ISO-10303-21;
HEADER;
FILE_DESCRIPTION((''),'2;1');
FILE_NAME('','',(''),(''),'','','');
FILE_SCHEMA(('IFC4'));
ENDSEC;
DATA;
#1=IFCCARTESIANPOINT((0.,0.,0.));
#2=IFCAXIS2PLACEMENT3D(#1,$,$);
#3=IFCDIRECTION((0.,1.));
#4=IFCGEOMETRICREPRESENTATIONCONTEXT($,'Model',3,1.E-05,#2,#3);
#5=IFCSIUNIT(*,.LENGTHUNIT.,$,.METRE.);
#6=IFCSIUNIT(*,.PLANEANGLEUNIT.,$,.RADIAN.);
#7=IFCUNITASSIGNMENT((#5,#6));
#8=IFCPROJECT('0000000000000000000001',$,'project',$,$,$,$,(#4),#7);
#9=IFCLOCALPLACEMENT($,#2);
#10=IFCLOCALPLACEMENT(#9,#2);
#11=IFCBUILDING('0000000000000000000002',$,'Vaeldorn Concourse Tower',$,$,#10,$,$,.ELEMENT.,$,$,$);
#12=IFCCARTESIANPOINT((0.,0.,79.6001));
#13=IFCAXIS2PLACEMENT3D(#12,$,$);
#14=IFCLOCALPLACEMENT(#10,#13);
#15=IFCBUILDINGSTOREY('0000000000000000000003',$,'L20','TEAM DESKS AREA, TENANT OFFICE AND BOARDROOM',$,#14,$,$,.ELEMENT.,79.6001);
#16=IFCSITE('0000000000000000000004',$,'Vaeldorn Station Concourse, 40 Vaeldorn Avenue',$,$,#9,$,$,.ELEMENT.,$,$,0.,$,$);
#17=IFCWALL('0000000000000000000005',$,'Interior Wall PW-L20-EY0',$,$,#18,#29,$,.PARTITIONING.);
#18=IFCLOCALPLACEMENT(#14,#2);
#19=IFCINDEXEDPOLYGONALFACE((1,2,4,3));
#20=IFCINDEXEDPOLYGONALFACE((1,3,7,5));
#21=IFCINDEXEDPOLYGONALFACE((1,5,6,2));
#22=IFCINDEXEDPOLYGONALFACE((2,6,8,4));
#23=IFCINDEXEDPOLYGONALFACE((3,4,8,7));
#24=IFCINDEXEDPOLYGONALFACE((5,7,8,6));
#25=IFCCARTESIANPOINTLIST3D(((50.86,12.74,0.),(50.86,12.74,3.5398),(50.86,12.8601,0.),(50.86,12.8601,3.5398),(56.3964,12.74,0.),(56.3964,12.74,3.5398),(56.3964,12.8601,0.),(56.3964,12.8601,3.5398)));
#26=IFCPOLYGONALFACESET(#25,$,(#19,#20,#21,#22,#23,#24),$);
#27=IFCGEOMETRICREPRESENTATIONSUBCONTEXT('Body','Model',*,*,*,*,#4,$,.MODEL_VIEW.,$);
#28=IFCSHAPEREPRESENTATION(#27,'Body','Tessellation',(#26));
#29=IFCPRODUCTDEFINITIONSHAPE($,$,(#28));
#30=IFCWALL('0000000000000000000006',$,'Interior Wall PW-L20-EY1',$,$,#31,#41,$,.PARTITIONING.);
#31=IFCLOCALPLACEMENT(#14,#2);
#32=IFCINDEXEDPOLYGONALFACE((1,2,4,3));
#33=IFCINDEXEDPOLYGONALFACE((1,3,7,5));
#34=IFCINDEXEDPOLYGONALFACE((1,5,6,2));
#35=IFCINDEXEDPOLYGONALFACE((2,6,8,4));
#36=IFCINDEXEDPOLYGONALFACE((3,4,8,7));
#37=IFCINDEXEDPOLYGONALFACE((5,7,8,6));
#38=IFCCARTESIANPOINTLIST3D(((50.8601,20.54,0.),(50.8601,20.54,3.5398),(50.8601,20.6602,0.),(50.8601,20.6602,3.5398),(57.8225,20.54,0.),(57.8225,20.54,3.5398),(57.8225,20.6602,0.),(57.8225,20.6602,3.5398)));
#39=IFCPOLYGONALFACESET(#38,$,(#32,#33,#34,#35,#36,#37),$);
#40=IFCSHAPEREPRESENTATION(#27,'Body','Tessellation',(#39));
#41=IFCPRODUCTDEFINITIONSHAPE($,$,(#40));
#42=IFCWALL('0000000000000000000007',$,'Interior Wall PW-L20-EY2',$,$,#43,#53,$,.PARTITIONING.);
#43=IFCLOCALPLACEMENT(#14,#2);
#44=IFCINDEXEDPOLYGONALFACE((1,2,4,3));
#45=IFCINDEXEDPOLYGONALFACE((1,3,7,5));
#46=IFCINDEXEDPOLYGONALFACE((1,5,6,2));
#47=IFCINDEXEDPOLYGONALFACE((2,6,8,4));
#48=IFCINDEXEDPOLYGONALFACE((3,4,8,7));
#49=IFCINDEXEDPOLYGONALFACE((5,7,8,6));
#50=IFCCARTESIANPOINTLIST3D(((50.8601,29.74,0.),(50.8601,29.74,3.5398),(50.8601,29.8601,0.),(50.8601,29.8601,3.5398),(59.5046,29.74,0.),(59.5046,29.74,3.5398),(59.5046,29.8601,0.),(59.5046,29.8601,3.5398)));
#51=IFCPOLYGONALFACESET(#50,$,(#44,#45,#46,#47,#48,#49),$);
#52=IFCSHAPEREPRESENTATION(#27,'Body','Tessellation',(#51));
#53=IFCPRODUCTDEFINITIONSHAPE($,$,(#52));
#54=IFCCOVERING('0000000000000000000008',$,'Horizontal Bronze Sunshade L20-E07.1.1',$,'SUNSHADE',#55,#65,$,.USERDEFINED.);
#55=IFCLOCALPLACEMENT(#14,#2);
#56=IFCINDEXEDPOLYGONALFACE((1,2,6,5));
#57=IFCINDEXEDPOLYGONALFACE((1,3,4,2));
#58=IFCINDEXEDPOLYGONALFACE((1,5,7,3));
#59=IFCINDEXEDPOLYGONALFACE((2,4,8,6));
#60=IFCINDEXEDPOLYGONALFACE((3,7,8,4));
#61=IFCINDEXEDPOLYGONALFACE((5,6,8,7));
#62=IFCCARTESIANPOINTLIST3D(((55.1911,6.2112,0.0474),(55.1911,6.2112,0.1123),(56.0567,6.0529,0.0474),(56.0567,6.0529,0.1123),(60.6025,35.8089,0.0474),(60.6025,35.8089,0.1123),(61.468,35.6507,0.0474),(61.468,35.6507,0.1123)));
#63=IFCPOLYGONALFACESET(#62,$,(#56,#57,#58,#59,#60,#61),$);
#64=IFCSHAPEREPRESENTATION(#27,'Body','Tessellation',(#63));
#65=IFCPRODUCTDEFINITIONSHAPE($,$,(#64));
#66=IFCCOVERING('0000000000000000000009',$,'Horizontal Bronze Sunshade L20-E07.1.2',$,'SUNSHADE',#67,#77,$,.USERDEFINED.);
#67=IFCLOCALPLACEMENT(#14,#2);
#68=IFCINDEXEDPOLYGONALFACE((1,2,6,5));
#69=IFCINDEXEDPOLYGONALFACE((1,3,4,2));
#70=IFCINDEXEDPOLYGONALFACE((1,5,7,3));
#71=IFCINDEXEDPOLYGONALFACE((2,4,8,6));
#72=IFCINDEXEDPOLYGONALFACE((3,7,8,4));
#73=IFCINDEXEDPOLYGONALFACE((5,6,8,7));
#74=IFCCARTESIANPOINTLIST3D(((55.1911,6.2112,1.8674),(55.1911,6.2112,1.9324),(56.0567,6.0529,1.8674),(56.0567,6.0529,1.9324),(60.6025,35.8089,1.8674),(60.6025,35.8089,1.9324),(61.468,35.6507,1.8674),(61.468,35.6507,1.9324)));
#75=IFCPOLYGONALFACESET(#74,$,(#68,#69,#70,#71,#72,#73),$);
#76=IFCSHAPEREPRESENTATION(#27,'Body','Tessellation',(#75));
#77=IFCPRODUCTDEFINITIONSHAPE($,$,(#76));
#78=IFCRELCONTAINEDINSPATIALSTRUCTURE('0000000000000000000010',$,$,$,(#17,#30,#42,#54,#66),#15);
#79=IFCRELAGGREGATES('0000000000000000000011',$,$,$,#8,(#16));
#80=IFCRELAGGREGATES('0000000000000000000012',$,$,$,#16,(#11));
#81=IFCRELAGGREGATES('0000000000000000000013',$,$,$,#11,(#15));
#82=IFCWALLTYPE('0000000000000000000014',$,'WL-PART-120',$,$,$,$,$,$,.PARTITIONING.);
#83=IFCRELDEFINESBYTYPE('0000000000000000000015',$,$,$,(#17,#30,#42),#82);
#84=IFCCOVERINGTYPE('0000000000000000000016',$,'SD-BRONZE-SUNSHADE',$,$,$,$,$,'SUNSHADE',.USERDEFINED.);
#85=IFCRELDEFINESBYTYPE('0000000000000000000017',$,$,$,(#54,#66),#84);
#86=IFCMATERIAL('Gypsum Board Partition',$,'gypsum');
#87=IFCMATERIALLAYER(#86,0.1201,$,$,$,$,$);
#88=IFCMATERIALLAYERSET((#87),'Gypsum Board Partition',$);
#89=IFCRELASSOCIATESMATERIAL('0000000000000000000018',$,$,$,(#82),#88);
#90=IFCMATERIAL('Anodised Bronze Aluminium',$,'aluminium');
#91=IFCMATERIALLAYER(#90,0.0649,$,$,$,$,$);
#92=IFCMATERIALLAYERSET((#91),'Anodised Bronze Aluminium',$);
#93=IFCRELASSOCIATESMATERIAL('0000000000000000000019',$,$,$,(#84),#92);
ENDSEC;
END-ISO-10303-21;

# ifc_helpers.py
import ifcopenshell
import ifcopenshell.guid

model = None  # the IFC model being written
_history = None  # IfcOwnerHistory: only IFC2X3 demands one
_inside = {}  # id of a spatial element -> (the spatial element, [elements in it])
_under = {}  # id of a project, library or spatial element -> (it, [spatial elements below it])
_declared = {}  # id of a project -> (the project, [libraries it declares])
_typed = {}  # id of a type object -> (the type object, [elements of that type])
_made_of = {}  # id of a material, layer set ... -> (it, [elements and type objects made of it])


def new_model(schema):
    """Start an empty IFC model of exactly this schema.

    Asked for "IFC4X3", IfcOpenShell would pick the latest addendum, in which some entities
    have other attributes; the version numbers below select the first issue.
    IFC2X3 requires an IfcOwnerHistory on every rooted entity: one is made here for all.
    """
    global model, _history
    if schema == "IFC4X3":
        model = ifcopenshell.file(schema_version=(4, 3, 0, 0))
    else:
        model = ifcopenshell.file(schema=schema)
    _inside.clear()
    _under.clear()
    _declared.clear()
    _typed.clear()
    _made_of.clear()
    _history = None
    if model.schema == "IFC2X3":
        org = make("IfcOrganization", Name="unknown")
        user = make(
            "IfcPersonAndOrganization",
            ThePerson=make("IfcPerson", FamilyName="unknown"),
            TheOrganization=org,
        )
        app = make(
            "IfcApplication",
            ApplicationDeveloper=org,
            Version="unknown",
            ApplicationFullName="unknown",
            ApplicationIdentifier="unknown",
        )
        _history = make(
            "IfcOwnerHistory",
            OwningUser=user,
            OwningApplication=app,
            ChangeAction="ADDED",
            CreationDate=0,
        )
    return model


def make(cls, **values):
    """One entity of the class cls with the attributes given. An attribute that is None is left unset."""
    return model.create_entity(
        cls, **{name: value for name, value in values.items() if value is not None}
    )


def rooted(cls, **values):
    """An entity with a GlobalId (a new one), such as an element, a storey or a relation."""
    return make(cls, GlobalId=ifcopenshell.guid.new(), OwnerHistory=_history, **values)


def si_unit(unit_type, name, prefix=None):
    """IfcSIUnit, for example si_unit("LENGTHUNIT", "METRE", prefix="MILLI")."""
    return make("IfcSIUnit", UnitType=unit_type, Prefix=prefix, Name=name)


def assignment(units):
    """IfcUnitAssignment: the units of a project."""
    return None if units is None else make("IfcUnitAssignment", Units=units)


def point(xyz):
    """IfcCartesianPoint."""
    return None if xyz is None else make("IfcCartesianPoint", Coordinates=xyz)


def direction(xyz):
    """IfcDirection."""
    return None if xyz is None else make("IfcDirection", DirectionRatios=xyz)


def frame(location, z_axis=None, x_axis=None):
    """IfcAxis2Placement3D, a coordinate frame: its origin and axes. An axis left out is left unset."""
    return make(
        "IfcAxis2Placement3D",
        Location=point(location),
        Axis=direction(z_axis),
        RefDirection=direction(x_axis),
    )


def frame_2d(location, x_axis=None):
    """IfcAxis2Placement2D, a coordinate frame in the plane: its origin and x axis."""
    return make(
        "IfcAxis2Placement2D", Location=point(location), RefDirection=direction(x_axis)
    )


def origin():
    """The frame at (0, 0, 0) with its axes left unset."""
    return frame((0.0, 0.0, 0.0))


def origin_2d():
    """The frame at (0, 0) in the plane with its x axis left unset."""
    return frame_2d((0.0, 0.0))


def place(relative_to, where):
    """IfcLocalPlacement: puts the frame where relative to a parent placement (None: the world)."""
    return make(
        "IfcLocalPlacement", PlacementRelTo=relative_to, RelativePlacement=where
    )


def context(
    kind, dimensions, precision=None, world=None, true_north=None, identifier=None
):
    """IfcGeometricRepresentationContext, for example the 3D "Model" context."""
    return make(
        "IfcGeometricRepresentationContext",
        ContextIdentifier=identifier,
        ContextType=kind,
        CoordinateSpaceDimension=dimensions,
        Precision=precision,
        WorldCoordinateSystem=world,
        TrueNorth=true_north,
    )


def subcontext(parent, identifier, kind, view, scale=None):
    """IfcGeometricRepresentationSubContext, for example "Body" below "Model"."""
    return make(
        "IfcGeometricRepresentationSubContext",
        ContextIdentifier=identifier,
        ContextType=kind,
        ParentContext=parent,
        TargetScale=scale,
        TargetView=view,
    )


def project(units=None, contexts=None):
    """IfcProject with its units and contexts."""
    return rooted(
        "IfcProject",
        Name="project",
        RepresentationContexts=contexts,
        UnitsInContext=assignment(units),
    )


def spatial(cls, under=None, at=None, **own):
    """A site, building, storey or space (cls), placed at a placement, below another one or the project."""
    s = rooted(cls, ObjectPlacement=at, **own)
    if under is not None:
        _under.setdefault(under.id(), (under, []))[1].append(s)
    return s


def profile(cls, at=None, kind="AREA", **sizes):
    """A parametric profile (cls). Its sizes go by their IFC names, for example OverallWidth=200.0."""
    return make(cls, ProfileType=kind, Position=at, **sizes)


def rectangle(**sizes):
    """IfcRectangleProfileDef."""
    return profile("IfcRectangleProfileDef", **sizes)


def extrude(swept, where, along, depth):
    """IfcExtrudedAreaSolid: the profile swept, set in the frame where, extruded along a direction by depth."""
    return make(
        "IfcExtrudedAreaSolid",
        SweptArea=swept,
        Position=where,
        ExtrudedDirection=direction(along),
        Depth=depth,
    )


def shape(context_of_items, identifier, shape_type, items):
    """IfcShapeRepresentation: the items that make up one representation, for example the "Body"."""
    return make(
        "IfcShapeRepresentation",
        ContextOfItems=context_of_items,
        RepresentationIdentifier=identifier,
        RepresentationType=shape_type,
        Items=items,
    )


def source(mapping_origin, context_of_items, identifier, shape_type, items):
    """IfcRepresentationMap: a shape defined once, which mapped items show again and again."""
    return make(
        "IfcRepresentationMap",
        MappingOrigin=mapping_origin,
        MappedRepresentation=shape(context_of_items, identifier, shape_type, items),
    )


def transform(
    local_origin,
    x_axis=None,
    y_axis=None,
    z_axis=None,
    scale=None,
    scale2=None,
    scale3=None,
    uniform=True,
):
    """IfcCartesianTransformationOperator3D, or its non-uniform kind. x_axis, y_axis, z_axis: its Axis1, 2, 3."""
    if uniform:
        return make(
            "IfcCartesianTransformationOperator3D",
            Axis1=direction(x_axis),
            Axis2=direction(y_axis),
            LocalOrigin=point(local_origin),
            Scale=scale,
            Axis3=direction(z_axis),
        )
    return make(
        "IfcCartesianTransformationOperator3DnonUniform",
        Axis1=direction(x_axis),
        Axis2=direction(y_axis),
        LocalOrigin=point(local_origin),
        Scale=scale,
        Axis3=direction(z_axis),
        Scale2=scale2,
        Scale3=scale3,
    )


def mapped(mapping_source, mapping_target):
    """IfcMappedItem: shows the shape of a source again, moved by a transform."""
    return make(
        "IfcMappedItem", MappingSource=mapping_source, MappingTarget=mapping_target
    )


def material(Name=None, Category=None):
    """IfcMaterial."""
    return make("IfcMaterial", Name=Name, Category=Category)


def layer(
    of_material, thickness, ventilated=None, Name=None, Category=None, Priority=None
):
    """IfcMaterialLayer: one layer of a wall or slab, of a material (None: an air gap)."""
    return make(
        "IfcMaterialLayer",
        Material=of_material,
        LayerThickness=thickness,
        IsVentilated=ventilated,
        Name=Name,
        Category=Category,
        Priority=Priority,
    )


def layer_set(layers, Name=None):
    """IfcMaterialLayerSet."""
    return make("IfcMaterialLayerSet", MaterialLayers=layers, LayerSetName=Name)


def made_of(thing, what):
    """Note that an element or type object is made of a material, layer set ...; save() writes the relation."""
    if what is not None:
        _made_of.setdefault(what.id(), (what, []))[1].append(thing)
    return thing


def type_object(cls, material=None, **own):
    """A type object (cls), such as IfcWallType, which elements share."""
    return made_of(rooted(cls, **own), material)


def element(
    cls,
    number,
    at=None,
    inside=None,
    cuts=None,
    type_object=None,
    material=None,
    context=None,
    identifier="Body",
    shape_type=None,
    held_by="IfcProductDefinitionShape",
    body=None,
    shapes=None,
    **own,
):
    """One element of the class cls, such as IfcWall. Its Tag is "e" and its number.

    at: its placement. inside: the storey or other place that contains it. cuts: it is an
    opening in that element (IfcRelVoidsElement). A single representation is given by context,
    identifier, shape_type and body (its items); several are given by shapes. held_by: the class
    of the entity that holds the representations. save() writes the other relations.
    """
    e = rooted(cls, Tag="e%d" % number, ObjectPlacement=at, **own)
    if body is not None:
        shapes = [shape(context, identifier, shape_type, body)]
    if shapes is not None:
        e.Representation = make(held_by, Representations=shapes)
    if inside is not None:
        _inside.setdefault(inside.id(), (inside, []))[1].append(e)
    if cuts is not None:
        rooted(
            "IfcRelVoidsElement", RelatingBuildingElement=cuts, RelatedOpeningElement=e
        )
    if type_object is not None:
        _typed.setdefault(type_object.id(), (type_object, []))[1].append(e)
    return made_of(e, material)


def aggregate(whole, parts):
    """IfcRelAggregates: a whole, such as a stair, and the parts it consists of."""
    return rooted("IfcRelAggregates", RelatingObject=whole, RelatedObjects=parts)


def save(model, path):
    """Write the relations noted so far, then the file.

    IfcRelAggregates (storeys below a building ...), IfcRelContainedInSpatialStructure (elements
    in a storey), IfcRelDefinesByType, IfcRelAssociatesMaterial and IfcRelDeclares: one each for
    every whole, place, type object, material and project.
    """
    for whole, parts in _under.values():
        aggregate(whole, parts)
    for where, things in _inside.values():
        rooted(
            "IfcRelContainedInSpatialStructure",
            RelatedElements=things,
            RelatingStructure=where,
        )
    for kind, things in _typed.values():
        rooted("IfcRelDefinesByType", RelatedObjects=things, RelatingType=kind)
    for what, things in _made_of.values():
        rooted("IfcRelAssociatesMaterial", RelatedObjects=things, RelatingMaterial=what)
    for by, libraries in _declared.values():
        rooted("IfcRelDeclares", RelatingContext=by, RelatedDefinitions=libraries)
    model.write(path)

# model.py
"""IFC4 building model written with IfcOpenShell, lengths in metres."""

from ifc_helpers import new_model, si_unit, direction, frame, frame_2d, origin, origin_2d, place, context, subcontext, project, spatial, rectangle, extrude, source, transform, mapped, material, layer, layer_set, type_object, element, save


model = new_model("IFC4")

# Units and contexts
model_context = context("Model", 3, precision=1e-05, world=origin(), true_north=direction((0.0, 1.0)))
body_context = subcontext(model_context, "Body", "Model", "MODEL_VIEW")
ifc_project = project(units=[si_unit("LENGTHUNIT", "METRE"), si_unit("PLANEANGLEUNIT", "RADIAN")], contexts=[model_context])

# Site, building, storey
site_placement = place(None, origin())
site = spatial("IfcSite", under=ifc_project, at=site_placement, Name="Vaeldorn Station Concourse, 40 Vaeldorn Avenue", CompositionType="ELEMENT", RefElevation=0.0)
building_placement = place(site_placement, origin())
building = spatial("IfcBuilding", under=site, at=building_placement, Name="Vaeldorn Concourse Tower", CompositionType="ELEMENT")
storey_placement = place(building_placement, frame((0.0, 0.0, 79.6001)))
storey = spatial("IfcBuildingStorey", under=building, at=storey_placement, Name="L20", Description="TEAM DESKS AREA, TENANT OFFICE AND BOARDROOM", CompositionType="ELEMENT", Elevation=79.6001)

# Shared definitions
ifc_material_1 = material(Name="Anodised Bronze Aluminium", Category="aluminium")

# Shared definitions
ifc_material_2 = material(Name="Gypsum Board Partition", Category="gypsum")
ifc_layer_1 = layer(ifc_material_2, 0.1201)
ifc_layer_set_1 = layer_set([ifc_layer_1], Name="Gypsum Board Partition")
wall_type = type_object("IfcWallType", Name="WL-PART-120", PredefinedType="PARTITIONING", material=ifc_layer_set_1)

# Walls
wall_1_placement = place(storey_placement, frame((50.8601, 12.8, 0.0), z_axis=(0.0, 0.0, 1.0), x_axis=(1.0, 0.0, 0.0)))
element("IfcWall", 1, at=wall_1_placement, inside=storey, type_object=wall_type, Name="Interior Wall PW-L20-EY0", PredefinedType="PARTITIONING", context=body_context, shape_type="SweptSolid", body=[
    extrude(rectangle(XDim=5.5364, YDim=0.1201, at=frame_2d((2.7681, 0.0))), origin(), (0.0, 0.0, 1.0), 3.5398),
])
wall_2_placement = place(storey_placement, frame((50.8601, 20.6001, 0.0), z_axis=(0.0, 0.0, 1.0), x_axis=(1.0, 0.0, 0.0)))
element("IfcWall", 2, at=wall_2_placement, inside=storey, type_object=wall_type, Name="Interior Wall PW-L20-EY1", PredefinedType="PARTITIONING", context=body_context, shape_type="SweptSolid", body=[
    extrude(rectangle(XDim=6.9624, YDim=0.1201, at=frame_2d((3.4812, 0.0))), origin(), (0.0, 0.0, 1.0), 3.5398),
])
wall_3_placement = place(storey_placement, frame((50.8601, 29.8, 0.0), z_axis=(0.0, 0.0, 1.0), x_axis=(1.0, 0.0, 0.0)))
element("IfcWall", 3, at=wall_3_placement, inside=storey, type_object=wall_type, Name="Interior Wall PW-L20-EY2", PredefinedType="PARTITIONING", context=body_context, shape_type="SweptSolid", body=[
    extrude(rectangle(XDim=8.6445, YDim=0.1201, at=frame_2d((4.3223, 0.0))), origin(), (0.0, 0.0, 1.0), 3.5398),
])

# Coverings
ifc_layer_2 = layer(ifc_material_1, 0.0649)
ifc_layer_set_2 = layer_set([ifc_layer_2], Name="Anodised Bronze Aluminium")
covering_type = type_object("IfcCoveringType", Name="SD-BRONZE-SUNSHADE", ElementType="SUNSHADE", PredefinedType="USERDEFINED", material=ifc_layer_set_2)
shared_shape_1 = source(origin(), body_context, "Body", "SweptSolid", [
    extrude(rectangle(XDim=30.0884, YDim=0.8799, at=origin_2d()), origin(), (0.0, 0.0, 1.0), 0.0649),
])
for number, where, z_axis, x_axis, name in (
    (4, (58.3296, 20.9309, 0.0474), (0.0, 0.0, 1.0), (0.17985, 0.983694, 0.0), "Horizontal Bronze Sunshade L20-E07.1.1"),
    (5, (58.3296, 20.9309, 1.8674), (0.0, 0.0, 1.0), (0.17985, 0.983694, 0.0), "Horizontal Bronze Sunshade L20-E07.1.2"),
):
    element("IfcCovering", number, at=place(storey_placement, frame(where, z_axis=z_axis, x_axis=x_axis)), inside=storey, type_object=covering_type, Name=name, ObjectType="SUNSHADE", PredefinedType="USERDEFINED", context=body_context, shape_type="MappedRepresentation", body=[
        mapped(shared_shape_1, transform((0.0, 0.0, 0.0), scale=1.0)),
    ])

save(model, "model.ifc")
